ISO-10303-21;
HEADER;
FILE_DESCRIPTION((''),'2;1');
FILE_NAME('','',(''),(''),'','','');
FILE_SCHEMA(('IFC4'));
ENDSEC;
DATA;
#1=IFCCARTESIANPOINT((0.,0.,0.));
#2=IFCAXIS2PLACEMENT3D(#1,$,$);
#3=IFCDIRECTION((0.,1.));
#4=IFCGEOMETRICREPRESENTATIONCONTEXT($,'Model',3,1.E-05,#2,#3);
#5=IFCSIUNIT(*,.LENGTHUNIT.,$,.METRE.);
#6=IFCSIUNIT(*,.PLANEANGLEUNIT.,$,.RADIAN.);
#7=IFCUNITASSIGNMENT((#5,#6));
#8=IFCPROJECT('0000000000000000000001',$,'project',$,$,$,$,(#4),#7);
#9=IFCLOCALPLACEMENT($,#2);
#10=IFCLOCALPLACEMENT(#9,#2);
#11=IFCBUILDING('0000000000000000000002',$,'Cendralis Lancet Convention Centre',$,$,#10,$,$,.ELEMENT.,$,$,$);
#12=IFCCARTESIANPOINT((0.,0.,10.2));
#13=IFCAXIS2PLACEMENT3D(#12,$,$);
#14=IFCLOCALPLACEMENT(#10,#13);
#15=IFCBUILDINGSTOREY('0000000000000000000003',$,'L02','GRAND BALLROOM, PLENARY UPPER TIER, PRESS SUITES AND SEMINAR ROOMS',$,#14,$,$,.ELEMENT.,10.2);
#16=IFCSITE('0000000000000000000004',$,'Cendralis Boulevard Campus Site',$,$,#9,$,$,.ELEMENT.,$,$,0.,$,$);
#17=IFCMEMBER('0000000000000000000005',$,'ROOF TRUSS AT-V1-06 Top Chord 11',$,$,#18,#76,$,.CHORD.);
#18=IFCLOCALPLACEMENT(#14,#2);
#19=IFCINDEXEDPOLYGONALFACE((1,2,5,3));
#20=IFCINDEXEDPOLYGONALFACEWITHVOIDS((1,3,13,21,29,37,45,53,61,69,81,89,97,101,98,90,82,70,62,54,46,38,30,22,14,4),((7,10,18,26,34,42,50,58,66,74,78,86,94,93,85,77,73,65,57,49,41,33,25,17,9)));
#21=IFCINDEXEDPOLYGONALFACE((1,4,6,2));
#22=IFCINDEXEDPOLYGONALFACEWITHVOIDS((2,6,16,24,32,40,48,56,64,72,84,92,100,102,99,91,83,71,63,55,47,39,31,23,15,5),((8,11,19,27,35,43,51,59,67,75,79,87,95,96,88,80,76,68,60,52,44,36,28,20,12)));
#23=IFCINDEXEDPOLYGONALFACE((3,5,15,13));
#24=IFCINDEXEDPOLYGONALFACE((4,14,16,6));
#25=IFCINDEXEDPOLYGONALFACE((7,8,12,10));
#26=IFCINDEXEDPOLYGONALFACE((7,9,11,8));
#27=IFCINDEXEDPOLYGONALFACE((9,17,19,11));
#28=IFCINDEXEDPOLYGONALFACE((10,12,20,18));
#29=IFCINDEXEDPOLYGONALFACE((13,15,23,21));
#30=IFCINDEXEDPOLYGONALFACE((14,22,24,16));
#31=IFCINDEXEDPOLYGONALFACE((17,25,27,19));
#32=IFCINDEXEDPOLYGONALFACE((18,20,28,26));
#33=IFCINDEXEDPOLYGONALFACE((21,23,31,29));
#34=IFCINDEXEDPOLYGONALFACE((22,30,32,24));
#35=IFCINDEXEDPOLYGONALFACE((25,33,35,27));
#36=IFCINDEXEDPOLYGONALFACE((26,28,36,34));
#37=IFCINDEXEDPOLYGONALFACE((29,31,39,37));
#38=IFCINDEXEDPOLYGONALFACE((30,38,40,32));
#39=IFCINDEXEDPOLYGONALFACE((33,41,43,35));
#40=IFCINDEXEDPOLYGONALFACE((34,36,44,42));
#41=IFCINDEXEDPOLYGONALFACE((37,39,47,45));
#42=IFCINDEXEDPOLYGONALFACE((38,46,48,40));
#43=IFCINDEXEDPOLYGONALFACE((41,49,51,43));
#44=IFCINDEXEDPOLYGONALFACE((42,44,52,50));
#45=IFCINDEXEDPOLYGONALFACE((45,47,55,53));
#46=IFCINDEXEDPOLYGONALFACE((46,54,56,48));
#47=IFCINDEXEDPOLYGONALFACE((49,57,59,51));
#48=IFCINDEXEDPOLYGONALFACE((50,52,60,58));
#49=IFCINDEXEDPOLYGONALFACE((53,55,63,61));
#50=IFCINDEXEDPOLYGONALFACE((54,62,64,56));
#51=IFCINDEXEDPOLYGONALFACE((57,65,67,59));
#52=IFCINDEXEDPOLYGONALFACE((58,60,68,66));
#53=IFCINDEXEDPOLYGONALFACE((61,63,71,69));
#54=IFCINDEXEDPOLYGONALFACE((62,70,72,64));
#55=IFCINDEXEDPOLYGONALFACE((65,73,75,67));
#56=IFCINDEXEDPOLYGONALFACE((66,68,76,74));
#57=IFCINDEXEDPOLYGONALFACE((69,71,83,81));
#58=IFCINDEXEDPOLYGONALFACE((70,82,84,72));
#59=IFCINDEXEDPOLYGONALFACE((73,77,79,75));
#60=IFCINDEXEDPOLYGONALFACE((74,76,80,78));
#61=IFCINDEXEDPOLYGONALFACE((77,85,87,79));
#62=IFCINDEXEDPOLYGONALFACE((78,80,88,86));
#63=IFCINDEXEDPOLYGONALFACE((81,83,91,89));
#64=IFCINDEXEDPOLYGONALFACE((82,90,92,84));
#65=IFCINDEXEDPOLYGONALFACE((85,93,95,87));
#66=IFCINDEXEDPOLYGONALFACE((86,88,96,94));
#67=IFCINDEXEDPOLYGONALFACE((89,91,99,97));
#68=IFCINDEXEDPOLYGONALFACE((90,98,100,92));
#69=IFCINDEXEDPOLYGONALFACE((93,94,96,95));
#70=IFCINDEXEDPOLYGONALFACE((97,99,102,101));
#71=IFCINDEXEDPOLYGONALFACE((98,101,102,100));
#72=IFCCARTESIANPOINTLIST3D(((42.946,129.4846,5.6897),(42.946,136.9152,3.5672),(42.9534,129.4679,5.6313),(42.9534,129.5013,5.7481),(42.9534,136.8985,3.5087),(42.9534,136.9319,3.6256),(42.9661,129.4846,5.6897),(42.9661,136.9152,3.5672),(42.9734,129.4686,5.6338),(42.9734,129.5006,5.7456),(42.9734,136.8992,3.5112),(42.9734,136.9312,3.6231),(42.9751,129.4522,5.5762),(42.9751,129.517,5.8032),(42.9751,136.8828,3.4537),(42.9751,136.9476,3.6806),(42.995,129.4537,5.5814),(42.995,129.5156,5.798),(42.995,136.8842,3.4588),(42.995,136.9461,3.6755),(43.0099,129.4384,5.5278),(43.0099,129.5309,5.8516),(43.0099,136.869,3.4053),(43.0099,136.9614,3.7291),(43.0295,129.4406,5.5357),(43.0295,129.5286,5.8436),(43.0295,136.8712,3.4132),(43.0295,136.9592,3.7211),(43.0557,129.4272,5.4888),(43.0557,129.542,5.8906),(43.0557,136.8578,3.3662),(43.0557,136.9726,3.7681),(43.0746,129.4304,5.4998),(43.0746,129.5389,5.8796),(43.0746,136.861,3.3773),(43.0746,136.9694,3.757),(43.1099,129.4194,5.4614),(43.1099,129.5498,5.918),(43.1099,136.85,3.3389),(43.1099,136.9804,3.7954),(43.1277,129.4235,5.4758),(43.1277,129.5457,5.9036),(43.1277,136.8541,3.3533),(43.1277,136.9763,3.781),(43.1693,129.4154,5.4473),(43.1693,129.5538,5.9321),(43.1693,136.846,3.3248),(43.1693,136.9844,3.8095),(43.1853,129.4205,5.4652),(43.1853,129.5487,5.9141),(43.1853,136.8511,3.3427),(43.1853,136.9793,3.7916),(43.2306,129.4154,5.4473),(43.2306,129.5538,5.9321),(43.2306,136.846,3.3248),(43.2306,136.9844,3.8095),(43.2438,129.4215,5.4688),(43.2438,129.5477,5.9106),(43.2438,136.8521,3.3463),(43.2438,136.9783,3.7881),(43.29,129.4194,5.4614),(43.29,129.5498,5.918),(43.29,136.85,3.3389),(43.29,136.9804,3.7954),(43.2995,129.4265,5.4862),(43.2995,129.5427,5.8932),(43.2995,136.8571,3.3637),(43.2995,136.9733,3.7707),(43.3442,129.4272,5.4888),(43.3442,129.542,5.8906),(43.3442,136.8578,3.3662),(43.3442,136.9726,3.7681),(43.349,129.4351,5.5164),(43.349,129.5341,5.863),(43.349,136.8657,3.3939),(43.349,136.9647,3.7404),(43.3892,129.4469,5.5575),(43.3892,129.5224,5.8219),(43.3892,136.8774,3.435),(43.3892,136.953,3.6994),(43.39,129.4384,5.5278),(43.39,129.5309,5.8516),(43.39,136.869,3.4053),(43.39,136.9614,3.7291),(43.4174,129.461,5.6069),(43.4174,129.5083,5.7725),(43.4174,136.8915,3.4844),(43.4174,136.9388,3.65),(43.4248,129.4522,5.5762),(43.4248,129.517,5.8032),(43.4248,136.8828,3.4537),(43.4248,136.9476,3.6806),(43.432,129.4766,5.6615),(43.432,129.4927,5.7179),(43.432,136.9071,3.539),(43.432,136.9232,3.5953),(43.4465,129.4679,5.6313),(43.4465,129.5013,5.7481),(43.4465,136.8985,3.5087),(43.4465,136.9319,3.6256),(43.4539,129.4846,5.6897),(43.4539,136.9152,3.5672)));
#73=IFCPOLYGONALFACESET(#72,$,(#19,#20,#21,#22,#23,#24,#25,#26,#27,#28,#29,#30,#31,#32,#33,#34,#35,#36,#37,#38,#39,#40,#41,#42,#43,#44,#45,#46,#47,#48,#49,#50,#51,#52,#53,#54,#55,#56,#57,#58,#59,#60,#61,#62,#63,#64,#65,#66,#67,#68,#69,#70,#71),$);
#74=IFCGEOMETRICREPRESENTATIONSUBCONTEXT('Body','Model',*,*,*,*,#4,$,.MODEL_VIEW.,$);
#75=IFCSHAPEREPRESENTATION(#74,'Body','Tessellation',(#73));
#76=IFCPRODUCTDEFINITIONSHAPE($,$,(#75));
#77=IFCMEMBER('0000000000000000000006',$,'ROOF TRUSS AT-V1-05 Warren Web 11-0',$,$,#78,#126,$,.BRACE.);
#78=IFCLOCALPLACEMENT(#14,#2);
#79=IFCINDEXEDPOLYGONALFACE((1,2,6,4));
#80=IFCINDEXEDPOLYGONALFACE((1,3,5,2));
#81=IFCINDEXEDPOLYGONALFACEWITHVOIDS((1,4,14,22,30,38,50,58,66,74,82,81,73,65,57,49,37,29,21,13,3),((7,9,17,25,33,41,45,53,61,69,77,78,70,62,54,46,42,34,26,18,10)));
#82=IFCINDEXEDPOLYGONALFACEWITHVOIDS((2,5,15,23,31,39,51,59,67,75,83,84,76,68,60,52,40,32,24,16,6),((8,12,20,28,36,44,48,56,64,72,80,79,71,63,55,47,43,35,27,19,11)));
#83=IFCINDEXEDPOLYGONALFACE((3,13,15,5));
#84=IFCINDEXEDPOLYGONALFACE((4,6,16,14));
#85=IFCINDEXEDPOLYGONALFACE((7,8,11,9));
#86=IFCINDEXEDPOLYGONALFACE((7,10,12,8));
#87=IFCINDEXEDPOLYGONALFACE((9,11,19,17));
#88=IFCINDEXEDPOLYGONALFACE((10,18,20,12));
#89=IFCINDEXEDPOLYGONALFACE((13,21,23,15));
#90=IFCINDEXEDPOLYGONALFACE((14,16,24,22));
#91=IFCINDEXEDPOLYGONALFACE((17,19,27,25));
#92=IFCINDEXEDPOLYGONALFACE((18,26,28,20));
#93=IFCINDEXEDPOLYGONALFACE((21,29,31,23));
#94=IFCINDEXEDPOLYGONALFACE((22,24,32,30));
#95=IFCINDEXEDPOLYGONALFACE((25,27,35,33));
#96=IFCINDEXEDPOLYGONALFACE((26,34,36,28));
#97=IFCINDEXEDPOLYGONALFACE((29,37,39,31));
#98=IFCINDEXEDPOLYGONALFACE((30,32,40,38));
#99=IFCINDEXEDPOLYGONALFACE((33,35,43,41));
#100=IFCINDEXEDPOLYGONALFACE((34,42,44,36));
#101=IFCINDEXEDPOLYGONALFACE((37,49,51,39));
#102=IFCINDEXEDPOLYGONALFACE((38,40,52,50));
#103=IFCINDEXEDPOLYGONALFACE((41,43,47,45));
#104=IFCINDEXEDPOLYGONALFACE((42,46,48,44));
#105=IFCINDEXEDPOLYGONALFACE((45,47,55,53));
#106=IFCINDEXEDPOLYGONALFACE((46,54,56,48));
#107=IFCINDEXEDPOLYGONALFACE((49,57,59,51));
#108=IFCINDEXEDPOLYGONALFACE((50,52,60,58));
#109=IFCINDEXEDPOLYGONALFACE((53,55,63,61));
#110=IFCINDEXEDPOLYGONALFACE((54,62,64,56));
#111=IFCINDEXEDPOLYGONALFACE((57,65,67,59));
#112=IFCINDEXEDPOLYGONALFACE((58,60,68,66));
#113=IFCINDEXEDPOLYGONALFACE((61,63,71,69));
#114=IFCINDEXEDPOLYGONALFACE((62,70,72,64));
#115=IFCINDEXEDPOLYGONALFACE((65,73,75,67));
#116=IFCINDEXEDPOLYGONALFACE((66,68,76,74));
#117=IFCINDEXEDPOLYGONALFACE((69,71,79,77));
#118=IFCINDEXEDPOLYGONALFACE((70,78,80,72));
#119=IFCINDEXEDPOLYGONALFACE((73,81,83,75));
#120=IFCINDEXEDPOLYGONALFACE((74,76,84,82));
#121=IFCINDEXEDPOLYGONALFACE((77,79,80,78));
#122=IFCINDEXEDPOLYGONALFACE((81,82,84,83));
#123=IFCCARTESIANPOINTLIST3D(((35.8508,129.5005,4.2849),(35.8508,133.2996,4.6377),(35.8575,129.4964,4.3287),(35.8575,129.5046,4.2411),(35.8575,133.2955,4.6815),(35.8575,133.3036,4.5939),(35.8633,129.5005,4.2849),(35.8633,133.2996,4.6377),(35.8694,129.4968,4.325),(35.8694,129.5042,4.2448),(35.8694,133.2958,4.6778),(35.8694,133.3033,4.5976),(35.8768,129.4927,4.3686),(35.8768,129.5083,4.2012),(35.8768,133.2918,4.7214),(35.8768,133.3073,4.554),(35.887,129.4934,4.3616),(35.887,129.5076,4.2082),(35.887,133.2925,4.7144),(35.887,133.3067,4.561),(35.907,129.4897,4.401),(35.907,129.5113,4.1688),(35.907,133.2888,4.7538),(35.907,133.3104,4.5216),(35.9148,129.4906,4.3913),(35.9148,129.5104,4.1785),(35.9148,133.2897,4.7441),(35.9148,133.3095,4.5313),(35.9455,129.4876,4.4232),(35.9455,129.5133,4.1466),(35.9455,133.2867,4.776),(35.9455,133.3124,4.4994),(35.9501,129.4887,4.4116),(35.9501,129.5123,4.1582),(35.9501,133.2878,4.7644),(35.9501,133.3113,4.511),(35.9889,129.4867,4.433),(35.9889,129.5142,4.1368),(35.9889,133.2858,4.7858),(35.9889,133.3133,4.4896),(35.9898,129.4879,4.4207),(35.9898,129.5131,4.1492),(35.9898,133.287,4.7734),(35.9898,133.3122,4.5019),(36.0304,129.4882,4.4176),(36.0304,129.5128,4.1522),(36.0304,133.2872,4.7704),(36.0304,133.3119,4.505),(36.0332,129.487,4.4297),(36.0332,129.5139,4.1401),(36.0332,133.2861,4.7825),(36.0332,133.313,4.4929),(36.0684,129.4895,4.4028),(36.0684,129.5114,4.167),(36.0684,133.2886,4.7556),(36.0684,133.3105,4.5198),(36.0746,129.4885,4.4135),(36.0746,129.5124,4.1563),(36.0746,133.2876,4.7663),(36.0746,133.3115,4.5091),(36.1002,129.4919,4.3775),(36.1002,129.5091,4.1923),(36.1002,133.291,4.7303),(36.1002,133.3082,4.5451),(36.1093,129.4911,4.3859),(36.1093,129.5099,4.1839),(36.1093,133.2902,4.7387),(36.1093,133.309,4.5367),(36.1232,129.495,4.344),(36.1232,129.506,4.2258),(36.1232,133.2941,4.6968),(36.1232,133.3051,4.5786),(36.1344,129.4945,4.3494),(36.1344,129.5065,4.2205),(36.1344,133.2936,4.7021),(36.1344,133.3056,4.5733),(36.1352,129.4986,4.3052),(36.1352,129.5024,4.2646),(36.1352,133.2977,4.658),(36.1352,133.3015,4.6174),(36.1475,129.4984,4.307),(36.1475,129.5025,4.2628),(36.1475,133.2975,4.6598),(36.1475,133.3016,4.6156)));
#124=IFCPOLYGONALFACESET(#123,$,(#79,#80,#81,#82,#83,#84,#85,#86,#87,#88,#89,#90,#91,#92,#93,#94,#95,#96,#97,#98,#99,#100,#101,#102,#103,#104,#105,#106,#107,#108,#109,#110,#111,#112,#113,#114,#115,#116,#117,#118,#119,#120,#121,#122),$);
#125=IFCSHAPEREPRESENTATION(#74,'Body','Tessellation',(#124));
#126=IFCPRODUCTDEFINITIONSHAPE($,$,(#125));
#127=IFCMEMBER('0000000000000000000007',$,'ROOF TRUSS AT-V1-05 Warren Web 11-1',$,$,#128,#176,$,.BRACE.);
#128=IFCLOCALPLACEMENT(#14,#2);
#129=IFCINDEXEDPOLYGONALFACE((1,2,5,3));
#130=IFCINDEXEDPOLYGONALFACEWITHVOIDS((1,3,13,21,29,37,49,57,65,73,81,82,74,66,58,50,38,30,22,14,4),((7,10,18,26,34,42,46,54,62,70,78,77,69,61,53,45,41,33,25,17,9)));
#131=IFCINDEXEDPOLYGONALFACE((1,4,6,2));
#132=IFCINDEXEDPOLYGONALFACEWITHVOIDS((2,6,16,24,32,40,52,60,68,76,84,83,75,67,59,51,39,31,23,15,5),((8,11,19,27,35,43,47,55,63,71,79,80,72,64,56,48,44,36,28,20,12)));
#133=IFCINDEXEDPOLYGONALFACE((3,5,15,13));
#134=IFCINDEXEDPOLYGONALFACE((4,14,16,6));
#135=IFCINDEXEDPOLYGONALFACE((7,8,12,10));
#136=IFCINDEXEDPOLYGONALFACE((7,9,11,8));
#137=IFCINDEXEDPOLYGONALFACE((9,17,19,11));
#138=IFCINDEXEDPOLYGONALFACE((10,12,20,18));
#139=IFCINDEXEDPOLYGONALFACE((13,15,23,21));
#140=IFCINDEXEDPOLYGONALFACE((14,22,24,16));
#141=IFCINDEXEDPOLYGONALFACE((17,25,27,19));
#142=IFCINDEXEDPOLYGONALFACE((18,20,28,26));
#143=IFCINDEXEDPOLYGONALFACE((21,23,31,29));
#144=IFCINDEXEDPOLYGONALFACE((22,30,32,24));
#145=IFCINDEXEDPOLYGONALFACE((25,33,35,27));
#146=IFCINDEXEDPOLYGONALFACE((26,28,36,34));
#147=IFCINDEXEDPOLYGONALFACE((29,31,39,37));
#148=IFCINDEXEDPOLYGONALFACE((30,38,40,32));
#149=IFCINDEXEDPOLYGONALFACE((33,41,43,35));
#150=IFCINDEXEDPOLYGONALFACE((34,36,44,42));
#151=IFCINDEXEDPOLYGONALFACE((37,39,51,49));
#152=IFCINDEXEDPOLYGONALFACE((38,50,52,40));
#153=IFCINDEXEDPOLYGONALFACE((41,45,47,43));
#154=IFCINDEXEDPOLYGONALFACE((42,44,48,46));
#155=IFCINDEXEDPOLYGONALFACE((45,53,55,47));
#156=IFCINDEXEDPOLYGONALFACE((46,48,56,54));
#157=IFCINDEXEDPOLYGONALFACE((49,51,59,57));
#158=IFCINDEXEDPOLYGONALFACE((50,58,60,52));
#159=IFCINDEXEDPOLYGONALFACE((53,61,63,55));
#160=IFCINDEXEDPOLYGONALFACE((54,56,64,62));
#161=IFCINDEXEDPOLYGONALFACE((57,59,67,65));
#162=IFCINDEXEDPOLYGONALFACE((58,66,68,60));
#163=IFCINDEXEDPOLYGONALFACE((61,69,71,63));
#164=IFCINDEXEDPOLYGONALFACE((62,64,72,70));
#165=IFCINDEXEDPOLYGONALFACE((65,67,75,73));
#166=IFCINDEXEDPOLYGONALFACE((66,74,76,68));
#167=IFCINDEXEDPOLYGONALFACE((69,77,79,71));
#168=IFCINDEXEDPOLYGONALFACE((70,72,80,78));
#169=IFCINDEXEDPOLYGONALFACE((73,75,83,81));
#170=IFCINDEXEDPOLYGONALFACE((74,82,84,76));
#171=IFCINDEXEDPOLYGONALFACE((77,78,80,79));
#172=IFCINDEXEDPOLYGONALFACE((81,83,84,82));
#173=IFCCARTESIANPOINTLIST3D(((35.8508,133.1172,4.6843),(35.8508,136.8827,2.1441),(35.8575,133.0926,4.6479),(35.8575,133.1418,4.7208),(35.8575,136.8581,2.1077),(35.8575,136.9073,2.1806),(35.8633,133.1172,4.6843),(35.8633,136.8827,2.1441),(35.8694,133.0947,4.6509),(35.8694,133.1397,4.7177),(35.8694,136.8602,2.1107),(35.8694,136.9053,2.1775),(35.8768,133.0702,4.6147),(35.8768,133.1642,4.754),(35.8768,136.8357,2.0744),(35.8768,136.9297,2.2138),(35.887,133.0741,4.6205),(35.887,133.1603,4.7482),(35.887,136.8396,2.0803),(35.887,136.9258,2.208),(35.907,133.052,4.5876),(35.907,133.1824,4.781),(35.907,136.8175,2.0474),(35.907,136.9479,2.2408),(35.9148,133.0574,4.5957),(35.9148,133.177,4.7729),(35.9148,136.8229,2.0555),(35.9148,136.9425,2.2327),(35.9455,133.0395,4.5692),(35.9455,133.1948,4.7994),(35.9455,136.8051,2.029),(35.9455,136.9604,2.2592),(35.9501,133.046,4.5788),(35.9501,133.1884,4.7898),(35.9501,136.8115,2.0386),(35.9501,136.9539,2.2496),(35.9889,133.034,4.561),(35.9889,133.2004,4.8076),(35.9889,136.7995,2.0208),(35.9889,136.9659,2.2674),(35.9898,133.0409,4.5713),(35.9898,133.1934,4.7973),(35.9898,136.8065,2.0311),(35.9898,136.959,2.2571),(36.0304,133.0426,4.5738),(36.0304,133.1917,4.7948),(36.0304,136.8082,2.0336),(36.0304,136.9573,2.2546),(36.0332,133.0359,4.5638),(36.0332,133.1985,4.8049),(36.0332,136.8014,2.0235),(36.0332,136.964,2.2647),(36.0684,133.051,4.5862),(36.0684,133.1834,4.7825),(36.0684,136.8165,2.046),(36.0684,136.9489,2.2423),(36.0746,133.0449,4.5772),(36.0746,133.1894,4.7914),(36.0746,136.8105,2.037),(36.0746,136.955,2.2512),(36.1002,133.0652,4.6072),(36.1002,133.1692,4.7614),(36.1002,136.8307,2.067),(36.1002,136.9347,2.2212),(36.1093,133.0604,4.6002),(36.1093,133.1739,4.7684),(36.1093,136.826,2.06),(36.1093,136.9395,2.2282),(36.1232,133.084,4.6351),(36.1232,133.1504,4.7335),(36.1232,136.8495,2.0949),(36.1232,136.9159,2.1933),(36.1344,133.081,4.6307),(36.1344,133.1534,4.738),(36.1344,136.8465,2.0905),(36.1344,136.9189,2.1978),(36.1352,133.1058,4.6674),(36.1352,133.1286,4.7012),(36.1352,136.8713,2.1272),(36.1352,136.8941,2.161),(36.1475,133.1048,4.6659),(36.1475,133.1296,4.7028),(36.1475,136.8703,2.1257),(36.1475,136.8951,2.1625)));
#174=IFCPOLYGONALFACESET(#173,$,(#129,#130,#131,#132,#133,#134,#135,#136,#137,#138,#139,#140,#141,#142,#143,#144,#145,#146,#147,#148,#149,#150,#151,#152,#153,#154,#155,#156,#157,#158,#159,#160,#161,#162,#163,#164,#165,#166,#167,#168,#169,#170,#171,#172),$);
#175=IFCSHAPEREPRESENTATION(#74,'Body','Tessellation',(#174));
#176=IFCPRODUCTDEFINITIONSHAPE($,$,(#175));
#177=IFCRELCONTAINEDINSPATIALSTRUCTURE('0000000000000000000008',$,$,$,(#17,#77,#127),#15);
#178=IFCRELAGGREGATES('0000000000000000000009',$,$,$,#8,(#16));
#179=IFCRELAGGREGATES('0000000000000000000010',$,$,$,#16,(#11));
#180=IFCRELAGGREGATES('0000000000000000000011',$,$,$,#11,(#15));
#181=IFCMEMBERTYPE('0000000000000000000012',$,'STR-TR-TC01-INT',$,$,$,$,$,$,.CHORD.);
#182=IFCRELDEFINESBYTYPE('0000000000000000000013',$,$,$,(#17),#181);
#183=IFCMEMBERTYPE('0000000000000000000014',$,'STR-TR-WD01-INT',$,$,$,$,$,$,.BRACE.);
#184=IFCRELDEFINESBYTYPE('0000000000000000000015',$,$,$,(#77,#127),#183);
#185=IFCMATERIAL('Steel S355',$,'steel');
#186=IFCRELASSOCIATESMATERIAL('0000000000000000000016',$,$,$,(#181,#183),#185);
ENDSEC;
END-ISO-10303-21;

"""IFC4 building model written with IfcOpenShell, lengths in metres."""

from ifc_helpers import new_model, si_unit, direction, frame, origin, origin_2d, place, context, subcontext, project, spatial, hollow_circle, extrude, material, material_profile, profile_set, type_object, element, save


model = new_model("IFC4")

# Units and contexts
model_context = context("Model", 3, precision=1e-05, world=origin(), true_north=direction((0.0, 1.0)))
body_context = subcontext(model_context, "Body", "Model", "MODEL_VIEW")
ifc_project = project(units=[si_unit("LENGTHUNIT", "METRE"), si_unit("PLANEANGLEUNIT", "RADIAN")], contexts=[model_context])

# Site, building, storey
site_placement = place(None, origin())
site = spatial("IfcSite", under=ifc_project, at=site_placement, Name="Cendralis Boulevard Campus Site", CompositionType="ELEMENT", RefElevation=0.0)
building_placement = place(site_placement, origin())
building = spatial("IfcBuilding", under=site, at=building_placement, Name="Cendralis Lancet Convention Centre", CompositionType="ELEMENT")
storey_placement = place(building_placement, frame((0.0, 0.0, 10.2)))
storey = spatial("IfcBuildingStorey", under=building, at=storey_placement, Name="L02", Description="GRAND BALLROOM, PLENARY UPPER TIER, PRESS SUITES AND SEMINAR ROOMS", CompositionType="ELEMENT", Elevation=10.2)

# Members
ifc_material_1 = material(Name="Steel S355", Category="steel")
ifc_material_profile_1 = material_profile(ifc_material_1, hollow_circle(Radius=0.2539, WallThickness=0.02, at=origin_2d()), Name="CHS 508.0x20.0")
ifc_profile_set_1 = profile_set([ifc_material_profile_1], Name="Steel S355")
member_type_1 = type_object("IfcMemberType", Name="STR-TR-TC01-INT", PredefinedType="CHORD", material=ifc_profile_set_1)
member_1_placement = place(storey_placement, frame((43.2, 129.4846, 5.6897), z_axis=(0.0, 0.961541, -0.274663), x_axis=(-1.0, 0.0, 0.0)))
element("IfcMember", 1, at=member_1_placement, inside=storey, type_object=member_type_1, Name="ROOF TRUSS AT-V1-06 Top Chord 11", PredefinedType="CHORD", context=body_context, shape_type="SweptSolid", body=[
    extrude(hollow_circle(Radius=0.2539, WallThickness=0.02, at=origin_2d()), origin(), (0.0, 0.0, 1.0), 7.7278),
])
ifc_material_profile_2 = material_profile(ifc_material_1, hollow_circle(Radius=0.1492, WallThickness=0.0125, at=origin_2d()), Name="CHS 298.5x12.5")
ifc_profile_set_2 = profile_set([ifc_material_profile_2], Name="Steel S355")
member_type_2 = type_object("IfcMemberType", Name="STR-TR-WD01-INT", PredefinedType="BRACE", material=ifc_profile_set_2)
member_2_placement = place(storey_placement, frame((36.0, 129.5005, 4.2849), z_axis=(0.0, 0.995716, 0.092463), x_axis=(-1.0, 0.0, 0.0)))
element("IfcMember", 2, at=member_2_placement, inside=storey, type_object=member_type_2, Name="ROOF TRUSS AT-V1-05 Warren Web 11-0", PredefinedType="BRACE", context=body_context, shape_type="SweptSolid", body=[
    extrude(hollow_circle(Radius=0.1492, WallThickness=0.0125, at=origin_2d()), origin(), (0.0, 0.0, 1.0), 3.8154),
])
member_3_placement = place(storey_placement, frame((36.0, 133.1172, 4.6843), z_axis=(0.0, 0.829003, -0.559244), x_axis=(-1.0, 0.0, 0.0)))
element("IfcMember", 3, at=member_3_placement, inside=storey, type_object=member_type_2, Name="ROOF TRUSS AT-V1-05 Warren Web 11-1", PredefinedType="BRACE", context=body_context, shape_type="SweptSolid", body=[
    extrude(hollow_circle(Radius=0.1492, WallThickness=0.0125, at=origin_2d()), origin(), (0.0, 0.0, 1.0), 4.5422),
])

save(model, "model.ifc")
